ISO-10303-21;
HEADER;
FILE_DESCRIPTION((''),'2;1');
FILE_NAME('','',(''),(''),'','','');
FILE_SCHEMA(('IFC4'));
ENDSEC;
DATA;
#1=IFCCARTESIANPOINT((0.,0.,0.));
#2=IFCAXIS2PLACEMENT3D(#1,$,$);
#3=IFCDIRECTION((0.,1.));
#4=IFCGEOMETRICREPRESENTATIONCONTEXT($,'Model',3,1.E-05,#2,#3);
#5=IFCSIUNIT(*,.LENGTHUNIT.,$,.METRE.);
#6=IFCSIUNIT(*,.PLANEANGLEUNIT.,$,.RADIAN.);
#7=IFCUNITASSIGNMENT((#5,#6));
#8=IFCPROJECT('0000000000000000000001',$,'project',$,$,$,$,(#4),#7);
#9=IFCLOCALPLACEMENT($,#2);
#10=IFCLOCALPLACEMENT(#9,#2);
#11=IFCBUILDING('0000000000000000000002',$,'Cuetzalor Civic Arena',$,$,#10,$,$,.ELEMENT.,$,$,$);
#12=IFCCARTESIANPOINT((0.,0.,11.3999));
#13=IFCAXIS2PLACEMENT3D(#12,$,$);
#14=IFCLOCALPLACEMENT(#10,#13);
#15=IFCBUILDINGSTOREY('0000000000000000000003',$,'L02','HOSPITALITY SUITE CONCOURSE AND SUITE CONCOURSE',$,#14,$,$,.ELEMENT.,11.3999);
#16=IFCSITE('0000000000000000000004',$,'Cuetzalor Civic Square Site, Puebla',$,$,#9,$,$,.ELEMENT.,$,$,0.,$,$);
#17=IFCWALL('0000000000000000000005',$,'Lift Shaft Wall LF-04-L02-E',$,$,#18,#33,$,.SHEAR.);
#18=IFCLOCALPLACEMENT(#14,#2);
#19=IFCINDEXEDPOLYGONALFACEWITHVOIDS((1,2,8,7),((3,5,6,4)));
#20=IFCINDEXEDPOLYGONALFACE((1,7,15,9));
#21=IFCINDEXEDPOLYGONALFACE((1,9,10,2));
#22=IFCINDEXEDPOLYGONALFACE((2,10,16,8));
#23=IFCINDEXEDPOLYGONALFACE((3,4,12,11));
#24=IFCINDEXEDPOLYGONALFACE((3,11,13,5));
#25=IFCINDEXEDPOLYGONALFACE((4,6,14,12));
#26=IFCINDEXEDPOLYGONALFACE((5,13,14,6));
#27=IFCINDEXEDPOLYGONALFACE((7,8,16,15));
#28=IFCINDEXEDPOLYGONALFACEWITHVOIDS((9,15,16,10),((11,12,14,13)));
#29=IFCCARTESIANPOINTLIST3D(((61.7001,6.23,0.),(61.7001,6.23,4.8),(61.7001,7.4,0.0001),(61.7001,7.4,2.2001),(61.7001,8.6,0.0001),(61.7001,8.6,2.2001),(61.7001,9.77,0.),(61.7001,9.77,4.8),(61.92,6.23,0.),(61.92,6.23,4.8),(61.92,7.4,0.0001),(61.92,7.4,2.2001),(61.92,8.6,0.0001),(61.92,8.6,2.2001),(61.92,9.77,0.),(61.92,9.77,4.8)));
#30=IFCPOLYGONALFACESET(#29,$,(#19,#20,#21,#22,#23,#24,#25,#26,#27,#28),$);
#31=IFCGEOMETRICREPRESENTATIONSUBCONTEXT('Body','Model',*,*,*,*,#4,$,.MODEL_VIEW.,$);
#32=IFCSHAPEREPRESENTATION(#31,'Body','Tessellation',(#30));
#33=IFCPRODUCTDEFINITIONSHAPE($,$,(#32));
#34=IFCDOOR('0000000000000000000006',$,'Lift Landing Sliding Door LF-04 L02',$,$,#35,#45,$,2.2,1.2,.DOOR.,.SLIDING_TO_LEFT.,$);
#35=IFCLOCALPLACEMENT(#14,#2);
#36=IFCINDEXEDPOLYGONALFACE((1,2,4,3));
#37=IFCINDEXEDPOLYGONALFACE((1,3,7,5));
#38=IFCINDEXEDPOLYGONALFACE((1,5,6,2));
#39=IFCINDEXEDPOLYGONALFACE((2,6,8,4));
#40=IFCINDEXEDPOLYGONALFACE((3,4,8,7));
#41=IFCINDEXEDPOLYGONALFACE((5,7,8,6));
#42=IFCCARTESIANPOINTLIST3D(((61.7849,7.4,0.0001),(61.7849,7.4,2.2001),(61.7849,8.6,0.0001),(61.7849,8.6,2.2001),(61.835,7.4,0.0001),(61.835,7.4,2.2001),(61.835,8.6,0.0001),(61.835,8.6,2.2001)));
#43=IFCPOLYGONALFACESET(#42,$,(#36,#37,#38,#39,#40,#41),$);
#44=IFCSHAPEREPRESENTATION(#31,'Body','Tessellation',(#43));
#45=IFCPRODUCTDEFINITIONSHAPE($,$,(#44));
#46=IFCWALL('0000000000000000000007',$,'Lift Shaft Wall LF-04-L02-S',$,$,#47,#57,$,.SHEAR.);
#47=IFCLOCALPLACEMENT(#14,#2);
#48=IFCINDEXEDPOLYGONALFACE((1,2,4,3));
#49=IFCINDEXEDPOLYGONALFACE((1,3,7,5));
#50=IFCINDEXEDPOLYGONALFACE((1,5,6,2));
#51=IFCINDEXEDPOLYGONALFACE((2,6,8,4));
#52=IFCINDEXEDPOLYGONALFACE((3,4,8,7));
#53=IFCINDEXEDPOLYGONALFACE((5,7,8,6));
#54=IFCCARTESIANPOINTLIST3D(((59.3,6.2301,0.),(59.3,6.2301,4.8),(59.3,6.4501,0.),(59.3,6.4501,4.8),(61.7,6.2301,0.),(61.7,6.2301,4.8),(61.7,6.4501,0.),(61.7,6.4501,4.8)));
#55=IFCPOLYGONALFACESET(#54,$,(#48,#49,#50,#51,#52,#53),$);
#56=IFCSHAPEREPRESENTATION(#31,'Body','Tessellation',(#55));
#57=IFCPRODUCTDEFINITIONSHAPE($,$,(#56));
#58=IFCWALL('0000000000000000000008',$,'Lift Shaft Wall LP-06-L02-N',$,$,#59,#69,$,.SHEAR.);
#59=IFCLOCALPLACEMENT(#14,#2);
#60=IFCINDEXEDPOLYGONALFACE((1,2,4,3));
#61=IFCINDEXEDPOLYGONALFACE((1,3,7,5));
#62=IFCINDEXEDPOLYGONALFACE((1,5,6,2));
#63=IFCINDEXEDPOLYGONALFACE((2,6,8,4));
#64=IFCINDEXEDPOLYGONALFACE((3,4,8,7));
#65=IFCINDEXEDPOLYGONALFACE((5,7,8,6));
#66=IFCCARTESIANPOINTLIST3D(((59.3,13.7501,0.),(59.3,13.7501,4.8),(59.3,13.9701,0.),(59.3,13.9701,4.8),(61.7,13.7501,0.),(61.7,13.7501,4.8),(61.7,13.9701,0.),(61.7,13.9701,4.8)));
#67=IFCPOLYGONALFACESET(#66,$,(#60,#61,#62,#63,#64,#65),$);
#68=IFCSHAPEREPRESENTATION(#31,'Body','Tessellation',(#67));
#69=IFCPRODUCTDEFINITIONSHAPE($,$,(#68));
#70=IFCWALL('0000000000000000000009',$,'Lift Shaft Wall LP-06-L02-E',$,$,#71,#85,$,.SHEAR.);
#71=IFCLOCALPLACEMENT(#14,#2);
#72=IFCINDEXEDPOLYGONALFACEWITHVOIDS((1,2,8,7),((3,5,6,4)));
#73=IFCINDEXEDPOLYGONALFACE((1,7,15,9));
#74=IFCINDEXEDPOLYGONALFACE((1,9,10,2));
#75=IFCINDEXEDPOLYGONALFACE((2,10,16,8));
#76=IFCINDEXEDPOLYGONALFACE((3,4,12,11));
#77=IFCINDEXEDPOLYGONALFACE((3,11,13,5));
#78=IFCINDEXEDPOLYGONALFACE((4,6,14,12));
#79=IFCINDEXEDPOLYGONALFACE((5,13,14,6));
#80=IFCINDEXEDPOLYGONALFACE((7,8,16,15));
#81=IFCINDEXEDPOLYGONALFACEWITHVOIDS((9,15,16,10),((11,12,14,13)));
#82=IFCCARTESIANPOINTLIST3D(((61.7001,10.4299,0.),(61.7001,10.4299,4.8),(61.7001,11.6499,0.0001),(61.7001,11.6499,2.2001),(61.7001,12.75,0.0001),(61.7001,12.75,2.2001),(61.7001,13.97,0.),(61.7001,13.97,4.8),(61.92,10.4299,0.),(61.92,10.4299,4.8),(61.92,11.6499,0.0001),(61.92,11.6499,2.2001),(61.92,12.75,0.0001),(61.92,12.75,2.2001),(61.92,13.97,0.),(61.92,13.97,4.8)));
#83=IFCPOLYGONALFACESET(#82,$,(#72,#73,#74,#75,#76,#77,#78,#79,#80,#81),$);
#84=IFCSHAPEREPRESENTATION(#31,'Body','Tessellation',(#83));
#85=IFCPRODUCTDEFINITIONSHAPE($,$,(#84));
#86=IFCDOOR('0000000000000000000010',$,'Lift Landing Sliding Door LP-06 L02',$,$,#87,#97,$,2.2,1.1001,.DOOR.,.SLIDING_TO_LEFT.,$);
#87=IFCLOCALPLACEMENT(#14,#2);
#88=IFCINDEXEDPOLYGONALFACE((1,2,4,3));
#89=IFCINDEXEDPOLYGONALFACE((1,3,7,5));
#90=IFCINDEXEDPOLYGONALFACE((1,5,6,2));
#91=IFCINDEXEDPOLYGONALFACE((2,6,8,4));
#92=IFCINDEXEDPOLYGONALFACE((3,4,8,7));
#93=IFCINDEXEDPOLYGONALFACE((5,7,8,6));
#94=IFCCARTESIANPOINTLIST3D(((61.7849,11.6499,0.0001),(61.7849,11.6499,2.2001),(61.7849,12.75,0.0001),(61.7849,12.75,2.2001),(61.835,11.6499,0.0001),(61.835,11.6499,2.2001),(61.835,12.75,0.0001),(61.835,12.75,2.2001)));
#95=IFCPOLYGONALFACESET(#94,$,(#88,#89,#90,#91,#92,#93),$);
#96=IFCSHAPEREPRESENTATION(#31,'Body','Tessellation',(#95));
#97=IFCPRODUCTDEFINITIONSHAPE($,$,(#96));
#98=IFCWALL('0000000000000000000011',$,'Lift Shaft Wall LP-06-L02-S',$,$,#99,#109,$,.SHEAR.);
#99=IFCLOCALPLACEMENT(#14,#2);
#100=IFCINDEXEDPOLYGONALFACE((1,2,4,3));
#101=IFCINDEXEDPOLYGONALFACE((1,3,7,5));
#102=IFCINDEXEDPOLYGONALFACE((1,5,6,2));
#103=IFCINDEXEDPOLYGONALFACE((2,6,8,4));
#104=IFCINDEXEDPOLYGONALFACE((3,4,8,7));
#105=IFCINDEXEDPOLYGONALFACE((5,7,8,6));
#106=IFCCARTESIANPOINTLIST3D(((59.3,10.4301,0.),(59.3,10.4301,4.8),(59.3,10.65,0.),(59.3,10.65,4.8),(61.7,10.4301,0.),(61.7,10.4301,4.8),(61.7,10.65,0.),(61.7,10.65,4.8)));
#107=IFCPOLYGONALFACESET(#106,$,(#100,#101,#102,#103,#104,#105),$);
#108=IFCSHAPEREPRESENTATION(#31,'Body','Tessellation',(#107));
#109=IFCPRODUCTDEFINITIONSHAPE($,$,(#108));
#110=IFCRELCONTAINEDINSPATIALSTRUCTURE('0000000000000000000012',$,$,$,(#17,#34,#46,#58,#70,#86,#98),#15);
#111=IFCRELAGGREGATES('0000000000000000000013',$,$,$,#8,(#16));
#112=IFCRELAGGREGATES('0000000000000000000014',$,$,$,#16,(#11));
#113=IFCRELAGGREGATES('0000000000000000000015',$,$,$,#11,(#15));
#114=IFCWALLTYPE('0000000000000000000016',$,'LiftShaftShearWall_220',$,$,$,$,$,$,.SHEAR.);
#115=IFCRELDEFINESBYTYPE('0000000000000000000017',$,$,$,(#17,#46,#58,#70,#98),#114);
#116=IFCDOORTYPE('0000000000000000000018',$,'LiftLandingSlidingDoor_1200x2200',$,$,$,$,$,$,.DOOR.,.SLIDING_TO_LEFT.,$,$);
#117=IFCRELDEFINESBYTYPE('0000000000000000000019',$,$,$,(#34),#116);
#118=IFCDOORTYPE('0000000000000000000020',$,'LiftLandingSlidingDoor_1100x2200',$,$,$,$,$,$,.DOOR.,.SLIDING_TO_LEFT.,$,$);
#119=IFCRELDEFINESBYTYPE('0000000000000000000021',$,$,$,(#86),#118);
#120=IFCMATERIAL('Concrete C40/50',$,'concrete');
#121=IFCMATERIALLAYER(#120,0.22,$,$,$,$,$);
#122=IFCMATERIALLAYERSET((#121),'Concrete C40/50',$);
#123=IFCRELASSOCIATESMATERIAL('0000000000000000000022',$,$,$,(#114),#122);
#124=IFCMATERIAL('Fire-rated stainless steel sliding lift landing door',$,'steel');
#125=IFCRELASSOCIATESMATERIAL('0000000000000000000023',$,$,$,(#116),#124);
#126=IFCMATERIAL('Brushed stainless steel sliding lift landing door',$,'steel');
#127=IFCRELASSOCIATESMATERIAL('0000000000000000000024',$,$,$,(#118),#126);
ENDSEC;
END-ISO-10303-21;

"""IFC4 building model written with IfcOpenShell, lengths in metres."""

from ifc_helpers import new_model, si_unit, direction, frame, frame_2d, origin, place, context, subcontext, project, spatial, rectangle, extrude, material, layer, layer_set, type_object, element, fill, save


model = new_model("IFC4")

# Units and contexts
model_context = context("Model", 3, precision=1e-05, world=origin(), true_north=direction((0.0, 1.0)))
body_context = subcontext(model_context, "Body", "Model", "MODEL_VIEW")
ifc_project = project(units=[si_unit("LENGTHUNIT", "METRE"), si_unit("PLANEANGLEUNIT", "RADIAN")], contexts=[model_context])

# Site, building, storey
site_placement = place(None, origin())
site = spatial("IfcSite", under=ifc_project, at=site_placement, Name="Cuetzalor Civic Square Site, Puebla", CompositionType="ELEMENT", RefElevation=0.0)
building_placement = place(site_placement, origin())
building = spatial("IfcBuilding", under=site, at=building_placement, Name="Cuetzalor Civic Arena", CompositionType="ELEMENT")
storey_placement = place(building_placement, frame((0.0, 0.0, 11.3999)))
storey = spatial("IfcBuildingStorey", under=building, at=storey_placement, Name="L02", Description="HOSPITALITY SUITE CONCOURSE AND SUITE CONCOURSE", CompositionType="ELEMENT", Elevation=11.3999)

# Wall, opening, door
ifc_material_1 = material(Name="Concrete C40/50", Category="concrete")
ifc_layer_1 = layer(ifc_material_1, 0.22)
ifc_layer_set_1 = layer_set([ifc_layer_1], Name="Concrete C40/50")
wall_type_1 = type_object("IfcWallType", Name="LiftShaftShearWall_220", PredefinedType="SHEAR", material=ifc_layer_set_1)
wall_1_placement = place(storey_placement, frame((61.8101, 9.77, 0.0), z_axis=(0.0, 0.0, 1.0), x_axis=(0.0, -1.0, 0.0)))
wall_1 = element("IfcWall", 1, at=wall_1_placement, inside=storey, type_object=wall_type_1, Name="Lift Shaft Wall LF-04-L02-E", PredefinedType="SHEAR", context=body_context, shape_type="SweptSolid", body=[
    extrude(rectangle(XDim=3.54, YDim=0.22, at=frame_2d((1.77, 0.0))), origin(), (0.0, 0.0, 1.0), 4.8),
])
opening_1_placement = place(wall_1_placement, frame((1.1699, 0.0, 0.0)))
opening_1 = element("IfcOpeningElement", 2, at=opening_1_placement, cuts=wall_1, PredefinedType="OPENING", context=body_context, shape_type="SweptSolid", body=[
    extrude(rectangle(XDim=1.2, YDim=2.2, at=frame_2d((0.6001, 1.1001))), frame((0.0, 0.1201, 0.0), z_axis=(0.0, -1.0, 0.0), x_axis=(1.0, 0.0, 0.0)), (0.0, 0.0, 1.0), 0.24),
])
ifc_material_2 = material(Name="Fire-rated stainless steel sliding lift landing door", Category="steel")
door_type_1 = type_object("IfcDoorType", Name="LiftLandingSlidingDoor_1200x2200", OperationType="SLIDING_TO_LEFT", PredefinedType="DOOR", material=ifc_material_2)
door_1_placement = place(opening_1_placement, origin())
door_1 = element("IfcDoor", 3, at=door_1_placement, inside=storey, type_object=door_type_1, Name="Lift Landing Sliding Door LF-04 L02", OperationType="SLIDING_TO_LEFT", OverallHeight=2.2, OverallWidth=1.2, PredefinedType="DOOR", context=body_context, shape_type="SweptSolid", body=[
    extrude(rectangle(XDim=1.2, YDim=2.2, at=frame_2d((0.6001, 1.1001))), frame((0.0, 0.0249, 0.0), z_axis=(0.0, -1.0, 0.0), x_axis=(1.0, 0.0, 0.0)), (0.0, 0.0, 1.0), 0.05),
])
fill(opening_1, door_1)

# Walls
for number, where, z_axis, x_axis, name in (
    (4, (61.7, 6.3401, 0.0), (0.0, 0.0, 1.0), (-1.0, 0.0, 0.0), "Lift Shaft Wall LF-04-L02-S"),
    (5, (59.3, 13.8601, 0.0), (0.0, 0.0, 1.0), (1.0, 0.0, 0.0), "Lift Shaft Wall LP-06-L02-N"),
):
    element("IfcWall", number, at=place(storey_placement, frame(where, z_axis=z_axis, x_axis=x_axis)), inside=storey, type_object=wall_type_1, Name=name, PredefinedType="SHEAR", context=body_context, shape_type="SweptSolid", body=[
        extrude(rectangle(XDim=2.3999, YDim=0.22, at=frame_2d((1.2, 0.0))), origin(), (0.0, 0.0, 1.0), 4.8),
    ])

# Wall, opening, door
wall_2_placement = place(storey_placement, frame((61.8101, 13.97, 0.0), z_axis=(0.0, 0.0, 1.0), x_axis=(0.0, -1.0, 0.0)))
wall_2 = element("IfcWall", 6, at=wall_2_placement, inside=storey, type_object=wall_type_1, Name="Lift Shaft Wall LP-06-L02-E", PredefinedType="SHEAR", context=body_context, shape_type="SweptSolid", body=[
    extrude(rectangle(XDim=3.54, YDim=0.22, at=frame_2d((1.77, 0.0))), origin(), (0.0, 0.0, 1.0), 4.8),
])
opening_2_placement = place(wall_2_placement, frame((1.22, 0.0, 0.0)))
opening_2 = element("IfcOpeningElement", 7, at=opening_2_placement, cuts=wall_2, PredefinedType="OPENING", context=body_context, shape_type="SweptSolid", body=[
    extrude(rectangle(XDim=1.1001, YDim=2.2, at=frame_2d((0.55, 1.1001))), frame((0.0, 0.1201, 0.0), z_axis=(0.0, -1.0, 0.0), x_axis=(1.0, 0.0, 0.0)), (0.0, 0.0, 1.0), 0.24),
])
ifc_material_3 = material(Name="Brushed stainless steel sliding lift landing door", Category="steel")
door_type_2 = type_object("IfcDoorType", Name="LiftLandingSlidingDoor_1100x2200", OperationType="SLIDING_TO_LEFT", PredefinedType="DOOR", material=ifc_material_3)
door_2_placement = place(opening_2_placement, origin())
door_2 = element("IfcDoor", 8, at=door_2_placement, inside=storey, type_object=door_type_2, Name="Lift Landing Sliding Door LP-06 L02", OperationType="SLIDING_TO_LEFT", OverallHeight=2.2, OverallWidth=1.1001, PredefinedType="DOOR", context=body_context, shape_type="SweptSolid", body=[
    extrude(rectangle(XDim=1.1001, YDim=2.2, at=frame_2d((0.55, 1.1001))), frame((0.0, 0.0249, 0.0), z_axis=(0.0, -1.0, 0.0), x_axis=(1.0, 0.0, 0.0)), (0.0, 0.0, 1.0), 0.05),
])
fill(opening_2, door_2)

# Wall
wall_3_placement = place(storey_placement, frame((61.7, 10.54, 0.0), z_axis=(0.0, 0.0, 1.0), x_axis=(-1.0, 0.0, 0.0)))
element("IfcWall", 9, at=wall_3_placement, inside=storey, type_object=wall_type_1, Name="Lift Shaft Wall LP-06-L02-S", PredefinedType="SHEAR", context=body_context, shape_type="SweptSolid", body=[
    extrude(rectangle(XDim=2.3999, YDim=0.22, at=frame_2d((1.2, 0.0))), origin(), (0.0, 0.0, 1.0), 4.8),
])

save(model, "model.ifc")
